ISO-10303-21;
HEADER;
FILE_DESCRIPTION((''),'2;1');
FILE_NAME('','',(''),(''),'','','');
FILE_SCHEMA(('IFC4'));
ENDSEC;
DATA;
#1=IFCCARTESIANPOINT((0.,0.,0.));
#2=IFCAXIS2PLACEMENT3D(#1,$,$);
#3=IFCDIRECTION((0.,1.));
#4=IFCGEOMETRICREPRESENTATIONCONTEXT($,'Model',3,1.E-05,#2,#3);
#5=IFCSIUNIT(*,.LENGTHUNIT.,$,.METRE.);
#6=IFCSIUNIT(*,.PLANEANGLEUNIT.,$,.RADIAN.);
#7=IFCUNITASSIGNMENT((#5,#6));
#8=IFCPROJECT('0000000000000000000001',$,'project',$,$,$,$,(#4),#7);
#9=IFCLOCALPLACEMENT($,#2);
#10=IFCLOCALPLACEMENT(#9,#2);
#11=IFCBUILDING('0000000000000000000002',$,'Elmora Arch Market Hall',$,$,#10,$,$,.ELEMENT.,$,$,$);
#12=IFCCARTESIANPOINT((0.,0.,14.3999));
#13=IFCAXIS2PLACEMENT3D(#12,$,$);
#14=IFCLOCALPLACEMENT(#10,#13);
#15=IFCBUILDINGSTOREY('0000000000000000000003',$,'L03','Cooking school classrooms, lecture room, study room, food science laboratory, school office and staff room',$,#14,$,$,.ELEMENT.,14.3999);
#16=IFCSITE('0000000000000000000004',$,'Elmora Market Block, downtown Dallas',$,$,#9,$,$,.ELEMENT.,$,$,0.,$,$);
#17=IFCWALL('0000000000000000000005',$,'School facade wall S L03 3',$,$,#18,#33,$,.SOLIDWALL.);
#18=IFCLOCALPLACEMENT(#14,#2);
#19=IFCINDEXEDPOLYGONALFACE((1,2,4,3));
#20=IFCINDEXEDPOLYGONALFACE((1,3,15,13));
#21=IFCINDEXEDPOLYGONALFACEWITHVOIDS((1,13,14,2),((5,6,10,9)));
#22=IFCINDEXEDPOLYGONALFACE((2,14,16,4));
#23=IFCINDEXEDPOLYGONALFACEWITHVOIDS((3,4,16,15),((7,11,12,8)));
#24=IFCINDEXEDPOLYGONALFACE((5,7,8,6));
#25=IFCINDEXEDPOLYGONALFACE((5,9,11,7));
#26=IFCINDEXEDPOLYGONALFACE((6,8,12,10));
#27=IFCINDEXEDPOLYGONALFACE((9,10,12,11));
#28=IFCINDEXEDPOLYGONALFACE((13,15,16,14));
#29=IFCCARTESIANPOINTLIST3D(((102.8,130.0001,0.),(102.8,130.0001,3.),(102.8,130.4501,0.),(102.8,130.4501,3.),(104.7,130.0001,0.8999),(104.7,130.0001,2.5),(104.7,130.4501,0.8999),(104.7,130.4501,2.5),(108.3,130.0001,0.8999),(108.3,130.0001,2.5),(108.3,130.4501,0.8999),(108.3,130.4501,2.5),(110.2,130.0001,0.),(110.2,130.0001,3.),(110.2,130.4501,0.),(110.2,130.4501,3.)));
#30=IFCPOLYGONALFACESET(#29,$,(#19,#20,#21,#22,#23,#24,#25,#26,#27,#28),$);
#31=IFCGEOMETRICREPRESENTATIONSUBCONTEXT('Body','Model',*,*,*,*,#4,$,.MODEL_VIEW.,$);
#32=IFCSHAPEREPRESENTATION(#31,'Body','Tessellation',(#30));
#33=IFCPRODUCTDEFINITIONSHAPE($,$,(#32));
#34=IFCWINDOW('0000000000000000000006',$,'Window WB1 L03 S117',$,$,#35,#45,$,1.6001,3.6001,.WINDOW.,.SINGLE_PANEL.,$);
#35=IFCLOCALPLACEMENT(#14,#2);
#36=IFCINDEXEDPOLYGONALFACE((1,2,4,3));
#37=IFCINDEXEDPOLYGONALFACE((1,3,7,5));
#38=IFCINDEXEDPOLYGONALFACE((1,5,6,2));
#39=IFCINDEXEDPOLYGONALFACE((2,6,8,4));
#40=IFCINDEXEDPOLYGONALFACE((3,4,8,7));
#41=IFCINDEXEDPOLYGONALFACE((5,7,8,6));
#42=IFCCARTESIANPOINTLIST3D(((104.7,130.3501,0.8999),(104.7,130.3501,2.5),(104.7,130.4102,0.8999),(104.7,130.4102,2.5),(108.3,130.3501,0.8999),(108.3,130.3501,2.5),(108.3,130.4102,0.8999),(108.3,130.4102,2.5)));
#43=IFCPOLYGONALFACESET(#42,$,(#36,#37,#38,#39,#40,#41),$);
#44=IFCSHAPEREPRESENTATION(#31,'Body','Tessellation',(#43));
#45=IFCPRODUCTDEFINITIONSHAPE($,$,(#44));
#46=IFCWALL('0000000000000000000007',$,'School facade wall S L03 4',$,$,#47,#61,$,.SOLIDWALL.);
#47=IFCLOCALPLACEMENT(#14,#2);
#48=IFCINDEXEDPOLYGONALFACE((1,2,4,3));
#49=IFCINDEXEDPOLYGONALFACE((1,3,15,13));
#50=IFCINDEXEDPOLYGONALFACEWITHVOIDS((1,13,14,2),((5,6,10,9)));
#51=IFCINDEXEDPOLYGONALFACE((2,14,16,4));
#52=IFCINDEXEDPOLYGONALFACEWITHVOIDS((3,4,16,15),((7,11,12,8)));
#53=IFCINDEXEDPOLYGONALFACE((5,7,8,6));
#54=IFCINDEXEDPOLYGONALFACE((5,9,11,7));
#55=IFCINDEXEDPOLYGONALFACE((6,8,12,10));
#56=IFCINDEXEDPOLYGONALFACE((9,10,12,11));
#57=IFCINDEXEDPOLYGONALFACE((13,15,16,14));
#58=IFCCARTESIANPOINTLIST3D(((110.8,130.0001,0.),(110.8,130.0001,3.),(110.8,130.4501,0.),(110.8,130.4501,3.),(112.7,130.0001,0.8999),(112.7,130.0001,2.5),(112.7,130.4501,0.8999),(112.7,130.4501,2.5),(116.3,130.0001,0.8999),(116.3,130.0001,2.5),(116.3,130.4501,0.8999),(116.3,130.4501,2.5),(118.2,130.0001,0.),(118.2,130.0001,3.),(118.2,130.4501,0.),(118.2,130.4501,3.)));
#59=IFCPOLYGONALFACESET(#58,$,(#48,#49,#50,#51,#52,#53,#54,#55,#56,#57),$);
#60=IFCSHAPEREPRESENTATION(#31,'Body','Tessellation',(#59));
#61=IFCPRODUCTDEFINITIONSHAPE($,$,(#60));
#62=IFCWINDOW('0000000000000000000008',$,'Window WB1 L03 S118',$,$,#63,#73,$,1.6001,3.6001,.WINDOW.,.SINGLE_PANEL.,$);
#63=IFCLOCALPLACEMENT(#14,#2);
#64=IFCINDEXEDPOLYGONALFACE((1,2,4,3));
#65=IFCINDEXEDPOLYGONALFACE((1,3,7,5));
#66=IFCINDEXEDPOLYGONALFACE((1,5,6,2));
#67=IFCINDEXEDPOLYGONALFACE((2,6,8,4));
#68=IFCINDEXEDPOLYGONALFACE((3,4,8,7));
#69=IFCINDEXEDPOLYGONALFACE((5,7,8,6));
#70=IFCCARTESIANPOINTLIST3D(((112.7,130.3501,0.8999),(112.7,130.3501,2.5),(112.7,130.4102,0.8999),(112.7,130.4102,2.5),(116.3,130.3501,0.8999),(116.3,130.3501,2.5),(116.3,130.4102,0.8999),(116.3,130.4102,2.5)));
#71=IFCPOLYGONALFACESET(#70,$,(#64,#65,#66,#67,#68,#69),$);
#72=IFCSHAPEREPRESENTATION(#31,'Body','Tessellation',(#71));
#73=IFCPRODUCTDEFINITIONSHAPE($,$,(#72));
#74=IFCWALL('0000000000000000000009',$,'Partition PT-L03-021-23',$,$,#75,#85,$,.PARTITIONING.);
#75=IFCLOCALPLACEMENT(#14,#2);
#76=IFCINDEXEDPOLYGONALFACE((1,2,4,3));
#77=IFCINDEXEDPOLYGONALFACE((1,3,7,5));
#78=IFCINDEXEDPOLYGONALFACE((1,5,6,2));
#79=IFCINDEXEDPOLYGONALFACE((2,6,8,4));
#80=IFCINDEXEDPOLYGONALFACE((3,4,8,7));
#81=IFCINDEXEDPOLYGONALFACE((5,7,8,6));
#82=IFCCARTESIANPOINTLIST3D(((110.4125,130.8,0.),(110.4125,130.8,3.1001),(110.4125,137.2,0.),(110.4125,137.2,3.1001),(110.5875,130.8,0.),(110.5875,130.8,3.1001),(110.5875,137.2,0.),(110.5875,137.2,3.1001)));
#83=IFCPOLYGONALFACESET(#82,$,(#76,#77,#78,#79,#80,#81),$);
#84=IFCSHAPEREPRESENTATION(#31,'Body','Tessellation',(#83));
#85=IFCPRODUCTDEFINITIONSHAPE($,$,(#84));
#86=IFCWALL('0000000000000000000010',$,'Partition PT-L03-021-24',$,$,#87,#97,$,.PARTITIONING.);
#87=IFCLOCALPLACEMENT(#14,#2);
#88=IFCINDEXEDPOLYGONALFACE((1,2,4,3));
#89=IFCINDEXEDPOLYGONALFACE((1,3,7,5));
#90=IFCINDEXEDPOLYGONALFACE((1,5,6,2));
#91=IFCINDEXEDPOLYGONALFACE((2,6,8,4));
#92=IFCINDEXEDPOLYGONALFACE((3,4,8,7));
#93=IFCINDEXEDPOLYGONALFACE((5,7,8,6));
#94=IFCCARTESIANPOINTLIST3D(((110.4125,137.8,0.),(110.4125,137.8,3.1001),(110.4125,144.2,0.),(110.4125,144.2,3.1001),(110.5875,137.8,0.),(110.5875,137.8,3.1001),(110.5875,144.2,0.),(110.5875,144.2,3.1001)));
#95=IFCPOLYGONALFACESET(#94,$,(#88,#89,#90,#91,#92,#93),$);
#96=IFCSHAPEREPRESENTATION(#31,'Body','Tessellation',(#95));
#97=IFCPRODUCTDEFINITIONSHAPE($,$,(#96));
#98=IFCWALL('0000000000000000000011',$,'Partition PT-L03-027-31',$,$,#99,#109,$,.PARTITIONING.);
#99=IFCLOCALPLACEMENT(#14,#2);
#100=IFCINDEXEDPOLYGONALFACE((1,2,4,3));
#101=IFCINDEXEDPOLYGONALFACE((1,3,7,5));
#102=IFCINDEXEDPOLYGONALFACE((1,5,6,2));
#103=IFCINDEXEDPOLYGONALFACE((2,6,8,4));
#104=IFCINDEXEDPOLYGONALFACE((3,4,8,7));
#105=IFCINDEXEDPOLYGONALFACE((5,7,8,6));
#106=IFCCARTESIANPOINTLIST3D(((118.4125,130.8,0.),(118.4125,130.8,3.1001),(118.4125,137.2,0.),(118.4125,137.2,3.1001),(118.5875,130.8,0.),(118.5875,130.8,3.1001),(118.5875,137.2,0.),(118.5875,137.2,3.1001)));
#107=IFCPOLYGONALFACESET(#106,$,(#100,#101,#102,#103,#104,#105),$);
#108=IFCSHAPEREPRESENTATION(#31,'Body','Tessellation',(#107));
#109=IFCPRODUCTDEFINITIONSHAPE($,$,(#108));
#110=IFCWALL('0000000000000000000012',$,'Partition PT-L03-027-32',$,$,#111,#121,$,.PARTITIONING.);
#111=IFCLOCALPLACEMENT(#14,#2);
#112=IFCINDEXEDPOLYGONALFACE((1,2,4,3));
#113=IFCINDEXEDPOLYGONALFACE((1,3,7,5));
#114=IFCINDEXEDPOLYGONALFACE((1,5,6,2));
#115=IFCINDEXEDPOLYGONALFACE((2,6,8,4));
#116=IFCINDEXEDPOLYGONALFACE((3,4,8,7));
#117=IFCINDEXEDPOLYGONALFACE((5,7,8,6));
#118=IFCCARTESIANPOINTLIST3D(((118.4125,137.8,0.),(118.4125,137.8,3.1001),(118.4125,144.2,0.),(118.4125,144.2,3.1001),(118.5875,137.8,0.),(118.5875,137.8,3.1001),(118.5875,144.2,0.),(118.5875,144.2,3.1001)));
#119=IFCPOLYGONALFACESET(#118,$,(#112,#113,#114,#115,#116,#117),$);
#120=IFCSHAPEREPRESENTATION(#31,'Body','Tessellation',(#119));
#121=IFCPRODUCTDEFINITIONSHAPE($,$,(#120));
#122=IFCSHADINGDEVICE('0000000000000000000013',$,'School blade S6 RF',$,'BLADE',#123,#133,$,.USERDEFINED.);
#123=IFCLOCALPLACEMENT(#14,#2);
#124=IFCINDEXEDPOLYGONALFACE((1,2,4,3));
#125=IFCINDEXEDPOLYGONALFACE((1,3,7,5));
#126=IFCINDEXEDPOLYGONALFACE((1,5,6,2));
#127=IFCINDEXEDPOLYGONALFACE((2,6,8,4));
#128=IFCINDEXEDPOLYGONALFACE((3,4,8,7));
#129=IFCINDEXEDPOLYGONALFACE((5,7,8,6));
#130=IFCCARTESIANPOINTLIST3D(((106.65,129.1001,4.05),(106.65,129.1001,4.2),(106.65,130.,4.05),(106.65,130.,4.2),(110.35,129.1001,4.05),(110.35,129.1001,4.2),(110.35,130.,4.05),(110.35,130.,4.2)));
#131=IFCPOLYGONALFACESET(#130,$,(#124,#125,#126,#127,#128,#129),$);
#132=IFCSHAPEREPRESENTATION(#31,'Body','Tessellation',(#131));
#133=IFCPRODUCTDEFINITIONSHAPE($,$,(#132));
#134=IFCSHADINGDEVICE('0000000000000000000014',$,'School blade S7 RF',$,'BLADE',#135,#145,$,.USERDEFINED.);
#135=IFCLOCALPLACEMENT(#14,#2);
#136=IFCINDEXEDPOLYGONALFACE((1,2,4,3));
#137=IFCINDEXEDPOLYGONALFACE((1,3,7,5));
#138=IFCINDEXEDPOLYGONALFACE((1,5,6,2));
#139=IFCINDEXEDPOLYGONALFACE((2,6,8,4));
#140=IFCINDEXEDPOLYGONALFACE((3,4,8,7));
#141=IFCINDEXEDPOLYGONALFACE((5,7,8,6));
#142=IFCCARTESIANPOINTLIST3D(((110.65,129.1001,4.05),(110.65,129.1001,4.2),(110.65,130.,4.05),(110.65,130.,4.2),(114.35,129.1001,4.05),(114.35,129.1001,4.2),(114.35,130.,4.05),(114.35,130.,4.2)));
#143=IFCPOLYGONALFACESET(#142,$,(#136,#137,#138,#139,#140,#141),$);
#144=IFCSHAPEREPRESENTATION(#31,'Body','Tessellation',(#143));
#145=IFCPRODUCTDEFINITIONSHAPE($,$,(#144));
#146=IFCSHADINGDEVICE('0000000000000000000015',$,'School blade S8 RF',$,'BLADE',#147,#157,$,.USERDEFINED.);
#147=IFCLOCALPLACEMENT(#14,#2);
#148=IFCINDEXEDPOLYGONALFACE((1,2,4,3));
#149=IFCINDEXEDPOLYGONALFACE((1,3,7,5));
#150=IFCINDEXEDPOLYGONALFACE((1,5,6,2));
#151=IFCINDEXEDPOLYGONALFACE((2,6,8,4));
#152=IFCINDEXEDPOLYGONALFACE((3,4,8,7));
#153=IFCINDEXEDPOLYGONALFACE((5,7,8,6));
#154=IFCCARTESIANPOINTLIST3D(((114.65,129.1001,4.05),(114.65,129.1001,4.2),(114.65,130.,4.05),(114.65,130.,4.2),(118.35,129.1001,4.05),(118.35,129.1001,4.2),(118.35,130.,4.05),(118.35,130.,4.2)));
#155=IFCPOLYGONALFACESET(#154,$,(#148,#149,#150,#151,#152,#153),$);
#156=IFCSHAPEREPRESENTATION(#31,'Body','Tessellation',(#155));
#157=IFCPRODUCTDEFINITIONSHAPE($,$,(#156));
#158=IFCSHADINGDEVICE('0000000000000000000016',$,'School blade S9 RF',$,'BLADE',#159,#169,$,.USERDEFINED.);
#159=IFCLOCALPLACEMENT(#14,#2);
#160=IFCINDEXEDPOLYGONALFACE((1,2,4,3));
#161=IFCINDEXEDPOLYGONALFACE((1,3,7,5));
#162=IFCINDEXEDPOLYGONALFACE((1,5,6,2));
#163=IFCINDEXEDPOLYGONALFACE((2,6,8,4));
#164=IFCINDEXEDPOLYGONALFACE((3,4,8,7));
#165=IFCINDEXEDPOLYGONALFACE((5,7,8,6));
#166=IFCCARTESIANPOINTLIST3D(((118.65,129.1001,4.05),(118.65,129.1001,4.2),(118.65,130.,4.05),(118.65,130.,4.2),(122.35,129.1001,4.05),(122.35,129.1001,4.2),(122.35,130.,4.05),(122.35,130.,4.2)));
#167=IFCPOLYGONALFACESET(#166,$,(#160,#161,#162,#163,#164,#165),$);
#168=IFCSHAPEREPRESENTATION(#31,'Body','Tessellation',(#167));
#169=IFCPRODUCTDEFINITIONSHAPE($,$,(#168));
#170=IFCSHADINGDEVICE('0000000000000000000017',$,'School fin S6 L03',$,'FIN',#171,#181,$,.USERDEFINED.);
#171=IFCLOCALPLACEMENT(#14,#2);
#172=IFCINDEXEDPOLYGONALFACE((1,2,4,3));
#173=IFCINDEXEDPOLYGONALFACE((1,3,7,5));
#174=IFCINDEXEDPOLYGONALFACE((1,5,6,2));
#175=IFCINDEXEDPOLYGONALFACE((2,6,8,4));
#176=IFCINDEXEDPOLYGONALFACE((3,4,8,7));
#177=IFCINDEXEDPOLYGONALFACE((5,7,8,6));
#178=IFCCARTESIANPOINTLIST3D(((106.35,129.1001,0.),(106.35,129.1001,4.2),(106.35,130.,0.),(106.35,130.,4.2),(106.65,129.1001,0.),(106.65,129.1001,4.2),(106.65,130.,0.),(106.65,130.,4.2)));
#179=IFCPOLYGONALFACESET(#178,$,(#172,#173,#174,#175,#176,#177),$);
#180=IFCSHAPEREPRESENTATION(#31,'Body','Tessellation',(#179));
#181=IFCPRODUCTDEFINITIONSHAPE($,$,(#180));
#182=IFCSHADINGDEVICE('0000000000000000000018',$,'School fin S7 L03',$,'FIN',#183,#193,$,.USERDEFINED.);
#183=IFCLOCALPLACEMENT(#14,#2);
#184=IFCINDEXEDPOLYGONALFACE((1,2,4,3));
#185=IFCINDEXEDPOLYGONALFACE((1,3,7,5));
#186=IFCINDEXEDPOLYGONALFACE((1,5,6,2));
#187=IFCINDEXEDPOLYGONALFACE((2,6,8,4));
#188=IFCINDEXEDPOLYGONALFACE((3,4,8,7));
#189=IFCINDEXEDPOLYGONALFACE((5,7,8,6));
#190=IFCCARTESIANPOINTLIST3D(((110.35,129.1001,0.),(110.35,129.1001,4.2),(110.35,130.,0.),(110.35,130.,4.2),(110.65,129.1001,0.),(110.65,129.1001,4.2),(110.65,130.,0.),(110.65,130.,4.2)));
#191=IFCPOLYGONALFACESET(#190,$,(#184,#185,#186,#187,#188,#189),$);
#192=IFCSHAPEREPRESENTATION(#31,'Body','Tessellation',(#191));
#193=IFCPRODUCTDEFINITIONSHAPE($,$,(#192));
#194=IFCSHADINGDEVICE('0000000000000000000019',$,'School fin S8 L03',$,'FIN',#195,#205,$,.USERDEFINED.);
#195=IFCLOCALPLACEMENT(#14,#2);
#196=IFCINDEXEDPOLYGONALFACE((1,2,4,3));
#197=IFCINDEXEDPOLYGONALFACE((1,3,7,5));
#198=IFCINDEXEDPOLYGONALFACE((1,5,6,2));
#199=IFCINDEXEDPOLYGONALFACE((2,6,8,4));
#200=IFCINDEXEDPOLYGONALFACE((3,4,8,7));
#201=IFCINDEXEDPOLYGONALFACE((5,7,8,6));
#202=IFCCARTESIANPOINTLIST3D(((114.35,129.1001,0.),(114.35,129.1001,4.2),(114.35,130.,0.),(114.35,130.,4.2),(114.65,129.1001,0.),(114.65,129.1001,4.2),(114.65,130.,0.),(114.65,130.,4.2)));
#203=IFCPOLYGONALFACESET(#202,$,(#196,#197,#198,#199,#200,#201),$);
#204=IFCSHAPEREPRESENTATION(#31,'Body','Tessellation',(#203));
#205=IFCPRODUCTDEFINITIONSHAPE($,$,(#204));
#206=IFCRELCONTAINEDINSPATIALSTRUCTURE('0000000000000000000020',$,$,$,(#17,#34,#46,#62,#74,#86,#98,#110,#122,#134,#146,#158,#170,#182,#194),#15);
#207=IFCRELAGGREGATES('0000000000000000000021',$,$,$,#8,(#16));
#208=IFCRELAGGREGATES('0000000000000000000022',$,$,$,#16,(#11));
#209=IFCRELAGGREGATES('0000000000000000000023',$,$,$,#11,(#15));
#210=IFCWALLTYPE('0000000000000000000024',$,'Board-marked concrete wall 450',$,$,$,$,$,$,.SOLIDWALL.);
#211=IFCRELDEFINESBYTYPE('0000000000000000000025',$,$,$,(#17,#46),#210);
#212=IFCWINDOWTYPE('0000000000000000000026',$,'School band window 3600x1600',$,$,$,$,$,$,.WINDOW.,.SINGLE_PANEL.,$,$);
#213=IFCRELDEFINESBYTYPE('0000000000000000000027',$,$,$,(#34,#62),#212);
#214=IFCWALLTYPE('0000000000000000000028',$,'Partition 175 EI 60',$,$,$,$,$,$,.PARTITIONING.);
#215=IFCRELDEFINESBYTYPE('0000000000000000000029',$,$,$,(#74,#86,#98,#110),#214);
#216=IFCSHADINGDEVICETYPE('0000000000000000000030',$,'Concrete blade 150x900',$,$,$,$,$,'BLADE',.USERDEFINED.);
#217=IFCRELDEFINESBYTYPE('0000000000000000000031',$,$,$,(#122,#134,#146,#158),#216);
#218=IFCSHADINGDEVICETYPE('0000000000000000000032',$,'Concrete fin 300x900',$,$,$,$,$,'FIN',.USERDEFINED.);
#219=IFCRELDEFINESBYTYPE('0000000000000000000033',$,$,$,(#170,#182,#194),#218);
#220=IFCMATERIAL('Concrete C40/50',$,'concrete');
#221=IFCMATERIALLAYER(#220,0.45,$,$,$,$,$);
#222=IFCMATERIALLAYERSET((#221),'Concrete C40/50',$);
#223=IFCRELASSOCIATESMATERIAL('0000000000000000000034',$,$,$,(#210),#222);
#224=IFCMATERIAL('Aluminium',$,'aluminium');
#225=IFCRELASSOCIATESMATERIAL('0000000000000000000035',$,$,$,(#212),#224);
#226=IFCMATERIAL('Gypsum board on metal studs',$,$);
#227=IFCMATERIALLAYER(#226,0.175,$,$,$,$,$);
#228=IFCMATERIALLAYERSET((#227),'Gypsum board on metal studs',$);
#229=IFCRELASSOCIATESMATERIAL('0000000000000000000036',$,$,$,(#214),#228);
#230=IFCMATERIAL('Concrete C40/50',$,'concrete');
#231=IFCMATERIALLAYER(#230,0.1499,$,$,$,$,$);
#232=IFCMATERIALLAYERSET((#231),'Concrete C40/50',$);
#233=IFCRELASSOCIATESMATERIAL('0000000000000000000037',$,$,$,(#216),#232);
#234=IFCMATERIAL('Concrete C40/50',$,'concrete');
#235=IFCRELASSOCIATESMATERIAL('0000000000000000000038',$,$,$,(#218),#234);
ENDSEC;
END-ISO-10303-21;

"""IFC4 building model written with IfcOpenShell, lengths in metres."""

from ifc_helpers import new_model, si_unit, direction, frame, frame_2d, origin, origin_2d, place, context, subcontext, project, spatial, rectangle, extrude, material, layer, layer_set, type_object, element, fill, save


model = new_model("IFC4")

# Units and contexts
model_context = context("Model", 3, precision=1e-05, world=origin(), true_north=direction((0.0, 1.0)))
body_context = subcontext(model_context, "Body", "Model", "MODEL_VIEW")
ifc_project = project(units=[si_unit("LENGTHUNIT", "METRE"), si_unit("PLANEANGLEUNIT", "RADIAN")], contexts=[model_context])

# Site, building, storey
site_placement = place(None, origin())
site = spatial("IfcSite", under=ifc_project, at=site_placement, Name="Elmora Market Block, downtown Dallas", CompositionType="ELEMENT", RefElevation=0.0)
building_placement = place(site_placement, origin())
building = spatial("IfcBuilding", under=site, at=building_placement, Name="Elmora Arch Market Hall", CompositionType="ELEMENT")
storey_placement = place(building_placement, frame((0.0, 0.0, 14.3999)))
storey = spatial("IfcBuildingStorey", under=building, at=storey_placement, Name="L03", Description="Cooking school classrooms, lecture room, study room, food science laboratory, school office and staff room", CompositionType="ELEMENT", Elevation=14.3999)

# Walls, openings, windows
ifc_material_1 = material(Name="Concrete C40/50", Category="concrete")
ifc_layer_1 = layer(ifc_material_1, 0.45)
ifc_layer_set_1 = layer_set([ifc_layer_1], Name="Concrete C40/50")
wall_type_1 = type_object("IfcWallType", Name="Board-marked concrete wall 450", PredefinedType="SOLIDWALL", material=ifc_layer_set_1)
wall_1_placement = place(storey_placement, frame((110.2, 130.2251, 0.0), z_axis=(0.0, 0.0, 1.0), x_axis=(-1.0, 0.0, 0.0)))
wall_1 = element("IfcWall", 1, at=wall_1_placement, inside=storey, type_object=wall_type_1, Name="School facade wall S L03 3", PredefinedType="SOLIDWALL", context=body_context, shape_type="SweptSolid", body=[
    extrude(rectangle(XDim=7.3999, YDim=0.45, at=frame_2d((3.7, 0.0))), origin(), (0.0, 0.0, 1.0), 3.0),
])
opening_1_placement = place(wall_1_placement, frame((1.8999, 0.0, 0.8999)))
opening_1 = element("IfcOpeningElement", 2, at=opening_1_placement, cuts=wall_1, PredefinedType="OPENING", context=body_context, shape_type="SweptSolid", body=[
    extrude(rectangle(XDim=3.6001, YDim=1.6001, at=frame_2d((1.8, 0.8))), frame((0.0, 0.2349, 0.0), z_axis=(0.0, -1.0, 0.0), x_axis=(1.0, 0.0, 0.0)), (0.0, 0.0, 1.0), 0.47),
])
ifc_material_2 = material(Name="Aluminium", Category="aluminium")
window_type = type_object("IfcWindowType", Name="School band window 3600x1600", PartitioningType="SINGLE_PANEL", PredefinedType="WINDOW", material=ifc_material_2)
window_1_placement = place(opening_1_placement, origin())
window_1 = element("IfcWindow", 3, at=window_1_placement, inside=storey, type_object=window_type, Name="Window WB1 L03 S117", OverallHeight=1.6001, OverallWidth=3.6001, PartitioningType="SINGLE_PANEL", PredefinedType="WINDOW", context=body_context, shape_type="SweptSolid", body=[
    extrude(rectangle(XDim=3.6001, YDim=1.6001, at=frame_2d((1.8, 0.8))), frame((0.0, -0.125, 0.0), z_axis=(0.0, -1.0, 0.0), x_axis=(1.0, 0.0, 0.0)), (0.0, 0.0, 1.0), 0.0601),
])
fill(opening_1, window_1)
wall_2_placement = place(storey_placement, frame((118.2, 130.2251, 0.0), z_axis=(0.0, 0.0, 1.0), x_axis=(-1.0, 0.0, 0.0)))
wall_2 = element("IfcWall", 4, at=wall_2_placement, inside=storey, type_object=wall_type_1, Name="School facade wall S L03 4", PredefinedType="SOLIDWALL", context=body_context, shape_type="SweptSolid", body=[
    extrude(rectangle(XDim=7.3999, YDim=0.45, at=frame_2d((3.7, 0.0))), origin(), (0.0, 0.0, 1.0), 3.0),
])
opening_2_placement = place(wall_2_placement, frame((1.8999, 0.0, 0.8999)))
opening_2 = element("IfcOpeningElement", 5, at=opening_2_placement, cuts=wall_2, PredefinedType="OPENING", context=body_context, shape_type="SweptSolid", body=[
    extrude(rectangle(XDim=3.6001, YDim=1.6001, at=frame_2d((1.8, 0.8))), frame((0.0, 0.2349, 0.0), z_axis=(0.0, -1.0, 0.0), x_axis=(1.0, 0.0, 0.0)), (0.0, 0.0, 1.0), 0.47),
])
window_2_placement = place(opening_2_placement, origin())
window_2 = element("IfcWindow", 6, at=window_2_placement, inside=storey, type_object=window_type, Name="Window WB1 L03 S118", OverallHeight=1.6001, OverallWidth=3.6001, PartitioningType="SINGLE_PANEL", PredefinedType="WINDOW", context=body_context, shape_type="SweptSolid", body=[
    extrude(rectangle(XDim=3.6001, YDim=1.6001, at=frame_2d((1.8, 0.8))), frame((0.0, -0.125, 0.0), z_axis=(0.0, -1.0, 0.0), x_axis=(1.0, 0.0, 0.0)), (0.0, 0.0, 1.0), 0.0601),
])
fill(opening_2, window_2)

# Walls
ifc_material_3 = material(Name="Gypsum board on metal studs")
ifc_layer_2 = layer(ifc_material_3, 0.175)
ifc_layer_set_2 = layer_set([ifc_layer_2], Name="Gypsum board on metal studs")
wall_type_2 = type_object("IfcWallType", Name="Partition 175 EI 60", PredefinedType="PARTITIONING", material=ifc_layer_set_2)
for number, where, z_axis, x_axis, name in (
    (7, (110.5, 130.8, 0.0), (0.0, 0.0, 1.0), (0.0, 1.0, 0.0), "Partition PT-L03-021-23"),
    (8, (110.5, 137.8, 0.0), (0.0, 0.0, 1.0), (0.0, 1.0, 0.0), "Partition PT-L03-021-24"),
    (9, (118.5, 130.8, 0.0), (0.0, 0.0, 1.0), (0.0, 1.0, 0.0), "Partition PT-L03-027-31"),
    (10, (118.5, 137.8, 0.0), (0.0, 0.0, 1.0), (0.0, 1.0, 0.0), "Partition PT-L03-027-32"),
):
    element("IfcWall", number, at=place(storey_placement, frame(where, z_axis=z_axis, x_axis=x_axis)), inside=storey, type_object=wall_type_2, Name=name, PredefinedType="PARTITIONING", context=body_context, shape_type="SweptSolid", body=[
        extrude(rectangle(XDim=6.3999, YDim=0.175, at=frame_2d((3.2, 0.0))), origin(), (0.0, 0.0, 1.0), 3.1001),
    ])

# Shading devices
ifc_material_4 = material(Name="Concrete C40/50", Category="concrete")
ifc_layer_3 = layer(ifc_material_4, 0.1499)
ifc_layer_set_3 = layer_set([ifc_layer_3], Name="Concrete C40/50")
shading_device_type_1 = type_object("IfcShadingDeviceType", Name="Concrete blade 150x900", ElementType="BLADE", PredefinedType="USERDEFINED", material=ifc_layer_set_3)
for number, where, z_axis, x_axis, name in (
    (11, (108.5, 129.55, 4.05), (0.0, 0.0, 1.0), (1.0, 0.0, 0.0), "School blade S6 RF"),
    (12, (112.5, 129.55, 4.05), (0.0, 0.0, 1.0), (1.0, 0.0, 0.0), "School blade S7 RF"),
    (13, (116.5, 129.55, 4.05), (0.0, 0.0, 1.0), (1.0, 0.0, 0.0), "School blade S8 RF"),
    (14, (120.5, 129.55, 4.05), (0.0, 0.0, 1.0), (1.0, 0.0, 0.0), "School blade S9 RF"),
):
    element("IfcShadingDevice", number, at=place(storey_placement, frame(where, z_axis=z_axis, x_axis=x_axis)), inside=storey, type_object=shading_device_type_1, Name=name, ObjectType="BLADE", PredefinedType="USERDEFINED", context=body_context, shape_type="SweptSolid", body=[
        extrude(rectangle(XDim=3.7, YDim=0.8999, at=origin_2d()), origin(), (0.0, 0.0, 1.0), 0.1499),
    ])
ifc_material_5 = material(Name="Concrete C40/50", Category="concrete")
shading_device_type_2 = type_object("IfcShadingDeviceType", Name="Concrete fin 300x900", ElementType="FIN", PredefinedType="USERDEFINED", material=ifc_material_5)
for number, where, z_axis, x_axis, name in (
    (15, (106.5, 129.55, 0.0), (0.0, 0.0, 1.0), (1.0, 0.0, 0.0), "School fin S6 L03"),
    (16, (110.5, 129.55, 0.0), (0.0, 0.0, 1.0), (1.0, 0.0, 0.0), "School fin S7 L03"),
    (17, (114.5, 129.55, 0.0), (0.0, 0.0, 1.0), (1.0, 0.0, 0.0), "School fin S8 L03"),
):
    element("IfcShadingDevice", number, at=place(storey_placement, frame(where, z_axis=z_axis, x_axis=x_axis)), inside=storey, type_object=shading_device_type_2, Name=name, ObjectType="FIN", PredefinedType="USERDEFINED", context=body_context, shape_type="SweptSolid", body=[
        extrude(rectangle(XDim=0.3, YDim=0.8999, at=origin_2d()), origin(), (0.0, 0.0, 1.0), 4.2),
    ])

save(model, "model.ifc")
